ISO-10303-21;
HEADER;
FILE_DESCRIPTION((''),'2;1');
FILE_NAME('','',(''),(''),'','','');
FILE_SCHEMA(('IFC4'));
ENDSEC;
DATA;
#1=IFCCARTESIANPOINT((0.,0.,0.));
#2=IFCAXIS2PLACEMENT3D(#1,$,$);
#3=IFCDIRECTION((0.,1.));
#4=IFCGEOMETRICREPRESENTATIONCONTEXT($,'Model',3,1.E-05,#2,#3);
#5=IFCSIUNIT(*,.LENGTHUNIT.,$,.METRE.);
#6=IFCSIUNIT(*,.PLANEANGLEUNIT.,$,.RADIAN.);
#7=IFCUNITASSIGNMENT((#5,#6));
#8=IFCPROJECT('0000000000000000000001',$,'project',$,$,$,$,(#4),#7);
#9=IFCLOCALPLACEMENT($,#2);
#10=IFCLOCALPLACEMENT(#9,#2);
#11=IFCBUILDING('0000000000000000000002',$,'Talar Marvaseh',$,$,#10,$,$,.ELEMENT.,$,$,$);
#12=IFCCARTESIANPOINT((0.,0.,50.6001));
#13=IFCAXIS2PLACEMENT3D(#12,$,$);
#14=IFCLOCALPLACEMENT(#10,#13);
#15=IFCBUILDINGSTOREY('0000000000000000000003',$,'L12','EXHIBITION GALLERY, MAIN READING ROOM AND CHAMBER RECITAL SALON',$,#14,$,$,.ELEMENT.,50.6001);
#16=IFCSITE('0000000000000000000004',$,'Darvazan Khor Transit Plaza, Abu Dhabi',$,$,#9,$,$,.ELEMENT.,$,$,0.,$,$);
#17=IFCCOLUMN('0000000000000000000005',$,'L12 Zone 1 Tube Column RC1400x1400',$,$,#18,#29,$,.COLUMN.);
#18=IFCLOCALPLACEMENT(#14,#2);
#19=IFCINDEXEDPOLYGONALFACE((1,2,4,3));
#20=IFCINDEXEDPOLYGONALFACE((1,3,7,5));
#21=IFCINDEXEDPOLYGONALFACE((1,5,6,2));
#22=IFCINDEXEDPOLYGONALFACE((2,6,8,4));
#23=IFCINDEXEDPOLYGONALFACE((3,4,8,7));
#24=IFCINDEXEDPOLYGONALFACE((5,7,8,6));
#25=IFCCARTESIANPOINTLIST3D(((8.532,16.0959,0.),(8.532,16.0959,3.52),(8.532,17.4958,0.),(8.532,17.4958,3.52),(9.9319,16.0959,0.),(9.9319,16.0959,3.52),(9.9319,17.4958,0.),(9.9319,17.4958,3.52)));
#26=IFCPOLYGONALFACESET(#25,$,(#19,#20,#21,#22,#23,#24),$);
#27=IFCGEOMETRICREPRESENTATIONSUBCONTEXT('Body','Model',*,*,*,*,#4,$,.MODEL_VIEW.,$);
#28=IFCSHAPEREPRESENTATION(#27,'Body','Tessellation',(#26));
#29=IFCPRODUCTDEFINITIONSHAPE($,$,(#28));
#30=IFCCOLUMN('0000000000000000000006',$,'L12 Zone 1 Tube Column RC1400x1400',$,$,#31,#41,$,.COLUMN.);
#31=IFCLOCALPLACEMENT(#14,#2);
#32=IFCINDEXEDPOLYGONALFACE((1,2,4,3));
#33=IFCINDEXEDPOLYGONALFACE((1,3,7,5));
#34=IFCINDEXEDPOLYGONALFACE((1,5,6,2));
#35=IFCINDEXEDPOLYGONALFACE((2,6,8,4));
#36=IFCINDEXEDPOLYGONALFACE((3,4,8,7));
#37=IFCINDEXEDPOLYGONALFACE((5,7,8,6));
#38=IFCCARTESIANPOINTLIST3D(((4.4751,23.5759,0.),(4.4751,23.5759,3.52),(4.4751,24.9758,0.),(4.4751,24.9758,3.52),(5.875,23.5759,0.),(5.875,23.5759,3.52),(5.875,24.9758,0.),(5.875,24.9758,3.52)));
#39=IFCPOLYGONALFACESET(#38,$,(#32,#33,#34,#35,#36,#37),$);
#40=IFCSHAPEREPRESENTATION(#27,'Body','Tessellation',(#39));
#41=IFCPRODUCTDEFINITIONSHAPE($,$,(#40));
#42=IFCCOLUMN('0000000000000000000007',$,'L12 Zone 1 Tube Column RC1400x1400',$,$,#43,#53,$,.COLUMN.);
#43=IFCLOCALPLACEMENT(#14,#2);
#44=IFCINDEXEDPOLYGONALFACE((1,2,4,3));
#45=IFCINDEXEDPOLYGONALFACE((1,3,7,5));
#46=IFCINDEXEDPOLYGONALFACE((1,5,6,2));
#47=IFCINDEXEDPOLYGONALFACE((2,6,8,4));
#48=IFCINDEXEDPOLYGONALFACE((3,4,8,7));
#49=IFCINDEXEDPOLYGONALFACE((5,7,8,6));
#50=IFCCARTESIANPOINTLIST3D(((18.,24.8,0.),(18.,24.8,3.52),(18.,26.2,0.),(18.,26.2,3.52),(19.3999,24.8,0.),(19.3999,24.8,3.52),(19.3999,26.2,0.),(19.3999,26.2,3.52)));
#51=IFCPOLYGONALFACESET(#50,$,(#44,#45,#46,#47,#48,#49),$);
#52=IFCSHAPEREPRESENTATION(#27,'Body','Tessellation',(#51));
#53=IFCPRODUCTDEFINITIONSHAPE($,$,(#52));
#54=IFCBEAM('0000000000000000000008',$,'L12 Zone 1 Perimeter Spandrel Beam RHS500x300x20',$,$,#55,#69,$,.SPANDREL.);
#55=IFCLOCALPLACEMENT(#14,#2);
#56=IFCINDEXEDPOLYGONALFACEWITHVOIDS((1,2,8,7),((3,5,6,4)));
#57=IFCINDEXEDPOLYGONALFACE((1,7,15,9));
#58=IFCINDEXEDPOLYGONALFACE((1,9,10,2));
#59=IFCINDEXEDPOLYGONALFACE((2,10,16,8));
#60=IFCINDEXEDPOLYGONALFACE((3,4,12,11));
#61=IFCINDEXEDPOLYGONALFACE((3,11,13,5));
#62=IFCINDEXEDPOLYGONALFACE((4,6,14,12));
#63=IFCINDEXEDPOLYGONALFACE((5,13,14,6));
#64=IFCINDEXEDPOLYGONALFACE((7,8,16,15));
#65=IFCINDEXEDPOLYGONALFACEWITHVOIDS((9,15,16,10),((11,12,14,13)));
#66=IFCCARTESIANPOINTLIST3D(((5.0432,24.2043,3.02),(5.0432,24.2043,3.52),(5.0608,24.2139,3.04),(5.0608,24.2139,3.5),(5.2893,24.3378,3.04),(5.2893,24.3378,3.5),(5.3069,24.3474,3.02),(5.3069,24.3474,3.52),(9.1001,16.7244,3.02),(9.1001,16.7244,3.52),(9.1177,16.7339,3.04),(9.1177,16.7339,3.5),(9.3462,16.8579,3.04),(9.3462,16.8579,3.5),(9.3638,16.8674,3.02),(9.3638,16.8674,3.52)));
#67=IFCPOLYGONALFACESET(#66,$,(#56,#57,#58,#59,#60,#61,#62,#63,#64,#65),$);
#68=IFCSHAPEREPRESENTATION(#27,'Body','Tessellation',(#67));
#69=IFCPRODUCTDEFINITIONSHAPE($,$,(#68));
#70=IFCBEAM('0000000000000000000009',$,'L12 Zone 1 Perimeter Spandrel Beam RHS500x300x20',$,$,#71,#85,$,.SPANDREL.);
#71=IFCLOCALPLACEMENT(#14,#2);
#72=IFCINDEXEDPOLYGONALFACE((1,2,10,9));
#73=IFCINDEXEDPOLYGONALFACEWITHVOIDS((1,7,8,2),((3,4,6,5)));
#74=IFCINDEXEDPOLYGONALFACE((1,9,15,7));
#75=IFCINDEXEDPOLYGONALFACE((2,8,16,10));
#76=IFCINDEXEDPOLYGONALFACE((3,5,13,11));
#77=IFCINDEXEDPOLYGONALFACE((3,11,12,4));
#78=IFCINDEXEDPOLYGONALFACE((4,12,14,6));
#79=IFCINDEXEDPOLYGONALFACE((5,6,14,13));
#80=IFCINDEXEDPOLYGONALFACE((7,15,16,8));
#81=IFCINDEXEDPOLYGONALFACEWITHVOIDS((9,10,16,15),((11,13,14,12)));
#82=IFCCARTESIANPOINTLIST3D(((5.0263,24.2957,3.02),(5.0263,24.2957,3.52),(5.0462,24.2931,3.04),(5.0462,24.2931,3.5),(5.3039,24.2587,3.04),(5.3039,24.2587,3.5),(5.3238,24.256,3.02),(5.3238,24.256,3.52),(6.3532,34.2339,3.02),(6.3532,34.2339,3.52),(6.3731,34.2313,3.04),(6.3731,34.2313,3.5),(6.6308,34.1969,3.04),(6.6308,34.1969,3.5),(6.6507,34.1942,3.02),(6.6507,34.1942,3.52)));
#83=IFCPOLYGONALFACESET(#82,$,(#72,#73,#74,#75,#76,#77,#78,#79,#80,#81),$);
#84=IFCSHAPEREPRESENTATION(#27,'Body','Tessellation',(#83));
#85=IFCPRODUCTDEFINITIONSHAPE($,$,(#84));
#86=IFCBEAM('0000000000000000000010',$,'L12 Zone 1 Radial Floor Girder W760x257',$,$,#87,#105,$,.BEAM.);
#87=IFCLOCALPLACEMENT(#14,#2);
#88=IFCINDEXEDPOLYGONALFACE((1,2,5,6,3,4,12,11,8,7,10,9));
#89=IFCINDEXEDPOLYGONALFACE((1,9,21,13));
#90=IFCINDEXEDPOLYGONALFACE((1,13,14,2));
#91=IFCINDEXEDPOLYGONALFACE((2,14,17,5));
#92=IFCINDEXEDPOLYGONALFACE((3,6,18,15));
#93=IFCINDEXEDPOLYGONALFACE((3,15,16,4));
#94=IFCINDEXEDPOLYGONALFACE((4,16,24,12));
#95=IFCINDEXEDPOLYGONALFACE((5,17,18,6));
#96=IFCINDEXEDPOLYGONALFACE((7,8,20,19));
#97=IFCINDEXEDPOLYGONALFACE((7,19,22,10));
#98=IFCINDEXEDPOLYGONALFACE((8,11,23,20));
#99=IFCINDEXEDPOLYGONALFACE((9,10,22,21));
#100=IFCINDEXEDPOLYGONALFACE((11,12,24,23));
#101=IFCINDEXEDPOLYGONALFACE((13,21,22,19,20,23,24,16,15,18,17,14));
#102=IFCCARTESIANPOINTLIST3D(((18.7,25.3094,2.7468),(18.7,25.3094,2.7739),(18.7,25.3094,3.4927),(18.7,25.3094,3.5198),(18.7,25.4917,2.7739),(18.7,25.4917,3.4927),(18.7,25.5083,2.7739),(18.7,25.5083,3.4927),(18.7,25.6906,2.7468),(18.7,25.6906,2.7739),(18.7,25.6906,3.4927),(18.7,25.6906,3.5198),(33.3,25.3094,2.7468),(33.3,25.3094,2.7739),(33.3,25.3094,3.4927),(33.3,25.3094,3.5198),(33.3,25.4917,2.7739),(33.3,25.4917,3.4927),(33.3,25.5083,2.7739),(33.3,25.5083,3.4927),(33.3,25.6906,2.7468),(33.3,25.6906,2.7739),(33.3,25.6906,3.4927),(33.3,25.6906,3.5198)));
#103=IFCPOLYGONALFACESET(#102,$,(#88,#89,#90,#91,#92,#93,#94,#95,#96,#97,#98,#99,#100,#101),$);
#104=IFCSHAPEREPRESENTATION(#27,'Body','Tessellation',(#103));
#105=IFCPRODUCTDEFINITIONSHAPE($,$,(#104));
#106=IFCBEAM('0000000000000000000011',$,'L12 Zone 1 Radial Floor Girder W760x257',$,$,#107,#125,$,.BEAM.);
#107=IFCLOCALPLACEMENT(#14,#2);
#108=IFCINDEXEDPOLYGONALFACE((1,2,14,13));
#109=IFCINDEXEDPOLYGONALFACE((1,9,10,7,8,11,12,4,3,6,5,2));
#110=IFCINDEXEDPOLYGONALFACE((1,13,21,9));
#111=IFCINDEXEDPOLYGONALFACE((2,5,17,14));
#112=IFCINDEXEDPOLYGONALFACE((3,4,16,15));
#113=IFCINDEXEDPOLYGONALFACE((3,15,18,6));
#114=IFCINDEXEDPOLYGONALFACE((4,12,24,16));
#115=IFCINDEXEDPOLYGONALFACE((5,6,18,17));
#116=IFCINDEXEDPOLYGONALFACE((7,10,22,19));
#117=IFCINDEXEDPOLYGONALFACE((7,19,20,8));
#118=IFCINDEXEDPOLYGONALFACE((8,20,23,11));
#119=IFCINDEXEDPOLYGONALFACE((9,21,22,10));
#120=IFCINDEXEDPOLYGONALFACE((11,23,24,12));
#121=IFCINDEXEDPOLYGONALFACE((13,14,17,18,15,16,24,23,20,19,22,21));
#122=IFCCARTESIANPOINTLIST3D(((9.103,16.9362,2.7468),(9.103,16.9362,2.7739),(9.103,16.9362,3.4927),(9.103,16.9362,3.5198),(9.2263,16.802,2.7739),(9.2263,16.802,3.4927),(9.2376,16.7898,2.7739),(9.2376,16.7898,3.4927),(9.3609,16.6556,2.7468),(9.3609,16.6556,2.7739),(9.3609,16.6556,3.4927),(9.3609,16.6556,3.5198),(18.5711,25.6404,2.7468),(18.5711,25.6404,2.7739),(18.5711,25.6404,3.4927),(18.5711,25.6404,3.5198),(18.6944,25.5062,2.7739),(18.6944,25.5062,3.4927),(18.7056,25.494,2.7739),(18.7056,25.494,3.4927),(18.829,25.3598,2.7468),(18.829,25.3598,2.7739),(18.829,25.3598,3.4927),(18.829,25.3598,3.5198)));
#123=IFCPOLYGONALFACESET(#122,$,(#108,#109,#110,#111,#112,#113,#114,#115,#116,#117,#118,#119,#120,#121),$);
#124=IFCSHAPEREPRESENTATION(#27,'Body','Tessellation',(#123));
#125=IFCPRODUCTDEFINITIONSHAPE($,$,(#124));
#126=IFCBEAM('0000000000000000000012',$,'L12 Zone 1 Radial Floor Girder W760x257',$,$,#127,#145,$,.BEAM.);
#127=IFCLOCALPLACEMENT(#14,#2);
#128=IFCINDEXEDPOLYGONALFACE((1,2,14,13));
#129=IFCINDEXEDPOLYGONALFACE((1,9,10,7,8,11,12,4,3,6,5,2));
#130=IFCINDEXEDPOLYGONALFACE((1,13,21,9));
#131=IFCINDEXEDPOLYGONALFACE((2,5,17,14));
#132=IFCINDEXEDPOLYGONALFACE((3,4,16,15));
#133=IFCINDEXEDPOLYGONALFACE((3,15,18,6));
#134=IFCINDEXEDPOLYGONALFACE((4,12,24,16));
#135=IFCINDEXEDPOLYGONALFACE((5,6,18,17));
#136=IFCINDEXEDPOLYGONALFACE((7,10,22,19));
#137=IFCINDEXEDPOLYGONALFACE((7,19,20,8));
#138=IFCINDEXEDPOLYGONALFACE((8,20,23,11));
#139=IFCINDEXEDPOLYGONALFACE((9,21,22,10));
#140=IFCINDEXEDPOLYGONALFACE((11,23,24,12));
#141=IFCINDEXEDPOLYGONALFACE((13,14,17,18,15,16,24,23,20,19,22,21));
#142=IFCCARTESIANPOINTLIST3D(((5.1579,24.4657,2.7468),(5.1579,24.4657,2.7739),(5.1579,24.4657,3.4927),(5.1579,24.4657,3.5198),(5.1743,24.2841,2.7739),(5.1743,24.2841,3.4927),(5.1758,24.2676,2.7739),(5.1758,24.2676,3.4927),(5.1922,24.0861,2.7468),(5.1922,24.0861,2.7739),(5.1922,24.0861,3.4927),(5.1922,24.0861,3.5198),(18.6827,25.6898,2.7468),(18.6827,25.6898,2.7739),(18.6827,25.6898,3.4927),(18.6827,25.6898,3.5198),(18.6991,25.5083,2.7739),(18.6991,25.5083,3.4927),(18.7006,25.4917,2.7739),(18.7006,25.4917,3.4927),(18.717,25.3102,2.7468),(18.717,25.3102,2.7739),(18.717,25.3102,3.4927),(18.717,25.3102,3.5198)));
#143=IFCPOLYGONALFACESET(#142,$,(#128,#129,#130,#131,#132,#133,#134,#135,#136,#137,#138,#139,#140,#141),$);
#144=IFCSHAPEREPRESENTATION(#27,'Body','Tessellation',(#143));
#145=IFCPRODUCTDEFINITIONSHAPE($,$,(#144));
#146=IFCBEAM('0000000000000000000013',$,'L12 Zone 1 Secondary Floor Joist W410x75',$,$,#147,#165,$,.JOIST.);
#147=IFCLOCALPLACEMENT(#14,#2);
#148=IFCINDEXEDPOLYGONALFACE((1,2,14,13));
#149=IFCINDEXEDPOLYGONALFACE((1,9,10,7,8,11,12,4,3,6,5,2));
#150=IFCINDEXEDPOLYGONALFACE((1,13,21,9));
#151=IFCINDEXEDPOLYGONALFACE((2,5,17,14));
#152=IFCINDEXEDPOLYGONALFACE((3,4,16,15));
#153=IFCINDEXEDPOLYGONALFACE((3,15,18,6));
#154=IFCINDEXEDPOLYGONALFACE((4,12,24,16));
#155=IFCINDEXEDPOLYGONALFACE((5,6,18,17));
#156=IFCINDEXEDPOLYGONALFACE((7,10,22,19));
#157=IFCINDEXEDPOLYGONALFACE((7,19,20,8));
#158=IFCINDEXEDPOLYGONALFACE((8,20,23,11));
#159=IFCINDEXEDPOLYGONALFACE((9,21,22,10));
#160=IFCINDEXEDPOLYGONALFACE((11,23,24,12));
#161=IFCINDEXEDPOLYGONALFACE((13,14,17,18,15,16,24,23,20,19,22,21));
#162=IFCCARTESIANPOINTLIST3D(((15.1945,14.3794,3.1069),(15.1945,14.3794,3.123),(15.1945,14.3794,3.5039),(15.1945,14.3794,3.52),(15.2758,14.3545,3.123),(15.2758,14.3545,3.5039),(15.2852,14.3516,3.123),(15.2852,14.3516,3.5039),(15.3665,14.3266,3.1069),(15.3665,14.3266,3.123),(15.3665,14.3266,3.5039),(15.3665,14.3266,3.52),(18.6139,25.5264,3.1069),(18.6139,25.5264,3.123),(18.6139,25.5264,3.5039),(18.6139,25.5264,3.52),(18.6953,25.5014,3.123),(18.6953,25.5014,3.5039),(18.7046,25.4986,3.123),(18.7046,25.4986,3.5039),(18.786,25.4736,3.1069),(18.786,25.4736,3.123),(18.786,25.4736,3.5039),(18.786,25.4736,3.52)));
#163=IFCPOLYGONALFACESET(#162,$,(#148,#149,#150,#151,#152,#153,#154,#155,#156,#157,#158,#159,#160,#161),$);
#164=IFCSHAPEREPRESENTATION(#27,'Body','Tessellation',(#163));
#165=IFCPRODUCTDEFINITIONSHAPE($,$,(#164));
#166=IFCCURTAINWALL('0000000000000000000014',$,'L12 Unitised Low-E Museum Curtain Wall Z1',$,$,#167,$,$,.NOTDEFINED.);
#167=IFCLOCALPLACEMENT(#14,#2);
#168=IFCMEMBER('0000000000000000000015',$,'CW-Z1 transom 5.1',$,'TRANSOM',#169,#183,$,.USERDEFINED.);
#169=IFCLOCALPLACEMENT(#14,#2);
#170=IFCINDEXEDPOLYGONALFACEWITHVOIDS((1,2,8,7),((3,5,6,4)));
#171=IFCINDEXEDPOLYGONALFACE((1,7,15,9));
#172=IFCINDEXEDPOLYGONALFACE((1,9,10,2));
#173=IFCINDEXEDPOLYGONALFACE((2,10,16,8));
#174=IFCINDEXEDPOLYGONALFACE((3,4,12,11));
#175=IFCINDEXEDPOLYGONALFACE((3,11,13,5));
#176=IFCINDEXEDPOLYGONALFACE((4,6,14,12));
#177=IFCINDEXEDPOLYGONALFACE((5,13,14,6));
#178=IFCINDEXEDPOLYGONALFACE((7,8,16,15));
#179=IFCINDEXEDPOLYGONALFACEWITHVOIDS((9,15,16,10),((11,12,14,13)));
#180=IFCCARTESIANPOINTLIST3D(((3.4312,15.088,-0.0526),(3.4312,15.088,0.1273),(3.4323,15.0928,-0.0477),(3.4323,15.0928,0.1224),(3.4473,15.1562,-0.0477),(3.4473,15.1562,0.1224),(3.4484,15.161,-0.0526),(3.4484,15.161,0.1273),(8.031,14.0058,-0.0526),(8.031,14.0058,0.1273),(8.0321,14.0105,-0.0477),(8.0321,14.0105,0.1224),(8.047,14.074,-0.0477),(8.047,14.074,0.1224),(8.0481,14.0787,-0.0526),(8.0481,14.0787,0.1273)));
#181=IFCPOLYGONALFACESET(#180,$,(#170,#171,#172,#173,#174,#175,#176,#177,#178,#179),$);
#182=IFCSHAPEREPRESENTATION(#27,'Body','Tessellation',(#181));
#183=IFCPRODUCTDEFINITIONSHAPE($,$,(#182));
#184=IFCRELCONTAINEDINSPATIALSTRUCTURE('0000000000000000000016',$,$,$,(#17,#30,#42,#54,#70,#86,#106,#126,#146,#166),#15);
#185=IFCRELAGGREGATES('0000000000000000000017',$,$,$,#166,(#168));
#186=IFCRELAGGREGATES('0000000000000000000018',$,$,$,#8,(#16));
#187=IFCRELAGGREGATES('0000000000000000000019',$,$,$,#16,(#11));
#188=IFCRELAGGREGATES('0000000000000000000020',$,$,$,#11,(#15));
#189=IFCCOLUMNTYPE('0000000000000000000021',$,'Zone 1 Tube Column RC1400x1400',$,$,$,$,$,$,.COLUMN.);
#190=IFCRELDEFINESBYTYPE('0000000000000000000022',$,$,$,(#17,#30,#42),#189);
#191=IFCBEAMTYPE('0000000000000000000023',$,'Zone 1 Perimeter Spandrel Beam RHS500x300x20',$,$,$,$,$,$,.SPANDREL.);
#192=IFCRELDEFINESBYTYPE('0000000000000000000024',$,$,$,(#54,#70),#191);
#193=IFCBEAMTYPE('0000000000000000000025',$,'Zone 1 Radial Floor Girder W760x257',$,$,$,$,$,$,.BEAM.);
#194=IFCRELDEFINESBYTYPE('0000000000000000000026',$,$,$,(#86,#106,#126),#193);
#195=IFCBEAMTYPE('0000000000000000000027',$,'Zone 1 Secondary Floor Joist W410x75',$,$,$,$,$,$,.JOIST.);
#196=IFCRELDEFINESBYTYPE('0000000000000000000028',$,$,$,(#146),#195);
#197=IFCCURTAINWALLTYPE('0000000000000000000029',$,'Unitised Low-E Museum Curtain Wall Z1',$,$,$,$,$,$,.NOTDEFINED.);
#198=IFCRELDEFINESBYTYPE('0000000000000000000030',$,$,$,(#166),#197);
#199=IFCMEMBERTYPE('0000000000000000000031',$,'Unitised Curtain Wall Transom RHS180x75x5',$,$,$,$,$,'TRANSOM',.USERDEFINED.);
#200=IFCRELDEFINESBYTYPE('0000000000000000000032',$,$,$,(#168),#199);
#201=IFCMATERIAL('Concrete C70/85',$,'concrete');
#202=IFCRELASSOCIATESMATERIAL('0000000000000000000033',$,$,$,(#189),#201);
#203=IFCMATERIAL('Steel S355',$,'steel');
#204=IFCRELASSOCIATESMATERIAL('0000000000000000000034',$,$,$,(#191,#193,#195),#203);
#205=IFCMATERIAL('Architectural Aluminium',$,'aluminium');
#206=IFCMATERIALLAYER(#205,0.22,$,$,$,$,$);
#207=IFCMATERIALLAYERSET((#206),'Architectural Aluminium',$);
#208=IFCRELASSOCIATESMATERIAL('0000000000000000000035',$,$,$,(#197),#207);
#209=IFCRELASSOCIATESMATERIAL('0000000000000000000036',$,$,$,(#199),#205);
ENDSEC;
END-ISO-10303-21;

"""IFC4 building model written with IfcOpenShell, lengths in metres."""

from ifc_helpers import new_model, si_unit, direction, frame, origin, origin_2d, place, context, subcontext, project, spatial, rectangle, hollow_rectangle, i_section, extrude, source, transform, mapped, material, layer, layer_set, material_profile, profile_set, type_object, type_shapes, element, aggregate, save


model = new_model("IFC4")

# Units and contexts
model_context = context("Model", 3, precision=1e-05, world=origin(), true_north=direction((0.0, 1.0)))
body_context = subcontext(model_context, "Body", "Model", "MODEL_VIEW")
ifc_project = project(units=[si_unit("LENGTHUNIT", "METRE"), si_unit("PLANEANGLEUNIT", "RADIAN")], contexts=[model_context])

# Site, building, storey
site_placement = place(None, origin())
site = spatial("IfcSite", under=ifc_project, at=site_placement, Name="Darvazan Khor Transit Plaza, Abu Dhabi", CompositionType="ELEMENT", RefElevation=0.0)
building_placement = place(site_placement, origin())
building = spatial("IfcBuilding", under=site, at=building_placement, Name="Talar Marvaseh", CompositionType="ELEMENT")
storey_placement = place(building_placement, frame((0.0, 0.0, 50.6001)))
storey = spatial("IfcBuildingStorey", under=building, at=storey_placement, Name="L12", Description="EXHIBITION GALLERY, MAIN READING ROOM AND CHAMBER RECITAL SALON", CompositionType="ELEMENT", Elevation=50.6001)

# Columns
ifc_material_1 = material(Name="Concrete C70/85", Category="concrete")
ifc_material_profile_1 = material_profile(ifc_material_1, rectangle(XDim=1.3999, YDim=1.3999, at=origin_2d()), Name="RC1400x1400")
ifc_profile_set_1 = profile_set([ifc_material_profile_1], Name="Concrete C70/85")
column_type = type_object("IfcColumnType", Name="Zone 1 Tube Column RC1400x1400", PredefinedType="COLUMN", material=ifc_profile_set_1)
for number, where, z_axis, x_axis, name in (
    (1, (9.2319, 16.7959, 0.0), (0.0, 0.0, 1.0), (1.0, 0.0, 0.0), "L12 Zone 1 Tube Column RC1400x1400"),
    (2, (5.175, 24.2759, 0.0), (0.0, 0.0, 1.0), (1.0, 0.0, 0.0), "L12 Zone 1 Tube Column RC1400x1400"),
    (3, (18.7, 25.5, 0.0), (0.0, 0.0, 1.0), (1.0, 0.0, 0.0), "L12 Zone 1 Tube Column RC1400x1400"),
):
    element("IfcColumn", number, at=place(storey_placement, frame(where, z_axis=z_axis, x_axis=x_axis)), inside=storey, type_object=column_type, Name=name, PredefinedType="COLUMN", context=body_context, shape_type="SweptSolid", body=[
        extrude(rectangle(XDim=1.3999, YDim=1.3999, at=origin_2d()), origin(), (0.0, 0.0, 1.0), 3.52),
    ])

# Beams
ifc_material_2 = material(Name="Steel S355", Category="steel")
ifc_material_profile_2 = material_profile(ifc_material_2, hollow_rectangle(XDim=0.3, YDim=0.5, WallThickness=0.02, at=origin_2d()), Name="RHS500x300x20")
ifc_profile_set_2 = profile_set([ifc_material_profile_2], Name="Steel S355")
beam_type_1 = type_object("IfcBeamType", Name="Zone 1 Perimeter Spandrel Beam RHS500x300x20", PredefinedType="SPANDREL", material=ifc_profile_set_2)
beam_1_placement = place(storey_placement, frame((9.2319, 16.7959, 3.27), z_axis=(-0.476758, 0.879035, 0.0), x_axis=(-0.879035, -0.476758, 0.0)))
element("IfcBeam", 4, at=beam_1_placement, inside=storey, type_object=beam_type_1, Name="L12 Zone 1 Perimeter Spandrel Beam RHS500x300x20", PredefinedType="SPANDREL", context=body_context, shape_type="SweptSolid", body=[
    extrude(hollow_rectangle(XDim=0.3, YDim=0.5, WallThickness=0.02, at=origin_2d()), origin(), (0.0, 0.0, 1.0), 8.5093),
])
beam_2_placement = place(storey_placement, frame((5.175, 24.2759, 3.27), z_axis=(0.132341, 0.991204, 0.0), x_axis=(-0.991204, 0.132341, 0.0)))
element("IfcBeam", 5, at=beam_2_placement, inside=storey, type_object=beam_type_1, Name="L12 Zone 1 Perimeter Spandrel Beam RHS500x300x20", PredefinedType="SPANDREL", context=body_context, shape_type="SweptSolid", body=[
    extrude(hollow_rectangle(XDim=0.3, YDim=0.5, WallThickness=0.02, at=origin_2d()), origin(), (0.0, 0.0, 1.0), 10.0264),
])
ifc_material_profile_3 = material_profile(ifc_material_2, i_section(OverallWidth=0.3811, OverallDepth=0.7729, WebThickness=0.0166, FlangeThickness=0.0271, at=origin_2d()), Name="W760x257")
ifc_profile_set_3 = profile_set([ifc_material_profile_3], Name="Steel S355")
beam_type_2 = type_object("IfcBeamType", Name="Zone 1 Radial Floor Girder W760x257", PredefinedType="BEAM", material=ifc_profile_set_3)
beam_3_placement = place(storey_placement, frame((18.7, 25.5, 3.1333), z_axis=(1.0, 0.0, 0.0), x_axis=(0.0, 1.0, 0.0)))
element("IfcBeam", 6, at=beam_3_placement, inside=storey, type_object=beam_type_2, Name="L12 Zone 1 Radial Floor Girder W760x257", PredefinedType="BEAM", context=body_context, shape_type="SweptSolid", body=[
    extrude(i_section(OverallWidth=0.3811, OverallDepth=0.7729, WebThickness=0.0166, FlangeThickness=0.0271, at=origin_2d()), origin(), (0.0, 0.0, 1.0), 14.6001),
])
beam_4_placement = place(storey_placement, frame((9.2319, 16.7959, 3.1333), z_axis=(0.736182, 0.676784, 0.0), x_axis=(-0.676784, 0.736182, 0.0)))
element("IfcBeam", 7, at=beam_4_placement, inside=storey, type_object=beam_type_2, Name="L12 Zone 1 Radial Floor Girder W760x257", PredefinedType="BEAM", context=body_context, shape_type="SweptSolid", body=[
    extrude(i_section(OverallWidth=0.3811, OverallDepth=0.7729, WebThickness=0.0166, FlangeThickness=0.0271, at=origin_2d()), origin(), (0.0, 0.0, 1.0), 12.8611),
])
beam_5_placement = place(storey_placement, frame((5.175, 24.2759, 3.1333), z_axis=(0.995929, 0.09014, 0.0), x_axis=(-0.09014, 0.995929, 0.0)))
element("IfcBeam", 8, at=beam_5_placement, inside=storey, type_object=beam_type_2, Name="L12 Zone 1 Radial Floor Girder W760x257", PredefinedType="BEAM", context=body_context, shape_type="SweptSolid", body=[
    extrude(i_section(OverallWidth=0.3811, OverallDepth=0.7729, WebThickness=0.0166, FlangeThickness=0.0271, at=origin_2d()), origin(), (0.0, 0.0, 1.0), 13.5801),
])
ifc_material_profile_4 = material_profile(ifc_material_2, i_section(OverallWidth=0.1799, OverallDepth=0.4131, WebThickness=0.0098, FlangeThickness=0.0161, at=origin_2d()), Name="W410x75")
ifc_profile_set_4 = profile_set([ifc_material_profile_4], Name="Steel S355")
beam_type_3 = type_object("IfcBeamType", Name="Zone 1 Secondary Floor Joist W410x75", PredefinedType="JOIST", material=ifc_profile_set_4)
beam_6_placement = place(storey_placement, frame((15.2805, 14.353, 3.3135), z_axis=(0.293271, 0.956029, 0.0), x_axis=(-0.956029, 0.293271, 0.0)))
element("IfcBeam", 9, at=beam_6_placement, inside=storey, type_object=beam_type_3, Name="L12 Zone 1 Secondary Floor Joist W410x75", PredefinedType="JOIST", context=body_context, shape_type="SweptSolid", body=[
    extrude(i_section(OverallWidth=0.1799, OverallDepth=0.4131, WebThickness=0.0098, FlangeThickness=0.0161, at=origin_2d()), origin(), (0.0, 0.0, 1.0), 11.6597),
])

# Curtain wall, member
ifc_material_3 = material(Name="Architectural Aluminium", Category="aluminium")
ifc_layer_1 = layer(ifc_material_3, 0.22)
ifc_layer_set_1 = layer_set([ifc_layer_1], Name="Architectural Aluminium")
curtain_wall_type = type_object("IfcCurtainWallType", Name="Unitised Low-E Museum Curtain Wall Z1", PredefinedType="NOTDEFINED", material=ifc_layer_set_1)
curtain_wall_placement = place(storey_placement, origin())
curtain_wall = element("IfcCurtainWall", 10, at=curtain_wall_placement, inside=storey, type_object=curtain_wall_type, Name="L12 Unitised Low-E Museum Curtain Wall Z1", PredefinedType="NOTDEFINED")
ifc_material_profile_5 = material_profile(ifc_material_3, hollow_rectangle(XDim=0.075, YDim=0.1799, WallThickness=0.0049, at=origin_2d()), Name="RHS180x75x5")
ifc_profile_set_5 = profile_set([ifc_material_profile_5], Name="Architectural Aluminium")
member_type = type_object("IfcMemberType", Name="Unitised Curtain Wall Transom RHS180x75x5", ElementType="TRANSOM", PredefinedType="USERDEFINED", material=ifc_profile_set_5)
shared_shape_1 = source(origin(), body_context, "Body", "SweptSolid", [
    extrude(hollow_rectangle(XDim=0.075, YDim=0.1799, WallThickness=0.0049, at=origin_2d()), origin(), (0.0, 0.0, 1.0), 4.7253),
])
type_shapes(member_type, [shared_shape_1])
member_1_placement = place(storey_placement, frame((8.0396, 14.0422, 0.0374), z_axis=(-0.973419, 0.229031, 0.0), x_axis=(-0.229031, -0.973419, 0.0)))
member_1 = element("IfcMember", 11, at=member_1_placement, type_object=member_type, Name="CW-Z1 transom 5.1", ObjectType="TRANSOM", PredefinedType="USERDEFINED", context=body_context, shape_type="MappedRepresentation", body=[
    mapped(shared_shape_1, transform((0.0, 0.0, 0.0), x_axis=(1.0, 0.0, 0.0), y_axis=(0.0, 1.0, 0.0), z_axis=(0.0, 0.0, 1.0), scale=1.0)),
])
aggregate(curtain_wall, [member_1])

save(model, "model.ifc")
